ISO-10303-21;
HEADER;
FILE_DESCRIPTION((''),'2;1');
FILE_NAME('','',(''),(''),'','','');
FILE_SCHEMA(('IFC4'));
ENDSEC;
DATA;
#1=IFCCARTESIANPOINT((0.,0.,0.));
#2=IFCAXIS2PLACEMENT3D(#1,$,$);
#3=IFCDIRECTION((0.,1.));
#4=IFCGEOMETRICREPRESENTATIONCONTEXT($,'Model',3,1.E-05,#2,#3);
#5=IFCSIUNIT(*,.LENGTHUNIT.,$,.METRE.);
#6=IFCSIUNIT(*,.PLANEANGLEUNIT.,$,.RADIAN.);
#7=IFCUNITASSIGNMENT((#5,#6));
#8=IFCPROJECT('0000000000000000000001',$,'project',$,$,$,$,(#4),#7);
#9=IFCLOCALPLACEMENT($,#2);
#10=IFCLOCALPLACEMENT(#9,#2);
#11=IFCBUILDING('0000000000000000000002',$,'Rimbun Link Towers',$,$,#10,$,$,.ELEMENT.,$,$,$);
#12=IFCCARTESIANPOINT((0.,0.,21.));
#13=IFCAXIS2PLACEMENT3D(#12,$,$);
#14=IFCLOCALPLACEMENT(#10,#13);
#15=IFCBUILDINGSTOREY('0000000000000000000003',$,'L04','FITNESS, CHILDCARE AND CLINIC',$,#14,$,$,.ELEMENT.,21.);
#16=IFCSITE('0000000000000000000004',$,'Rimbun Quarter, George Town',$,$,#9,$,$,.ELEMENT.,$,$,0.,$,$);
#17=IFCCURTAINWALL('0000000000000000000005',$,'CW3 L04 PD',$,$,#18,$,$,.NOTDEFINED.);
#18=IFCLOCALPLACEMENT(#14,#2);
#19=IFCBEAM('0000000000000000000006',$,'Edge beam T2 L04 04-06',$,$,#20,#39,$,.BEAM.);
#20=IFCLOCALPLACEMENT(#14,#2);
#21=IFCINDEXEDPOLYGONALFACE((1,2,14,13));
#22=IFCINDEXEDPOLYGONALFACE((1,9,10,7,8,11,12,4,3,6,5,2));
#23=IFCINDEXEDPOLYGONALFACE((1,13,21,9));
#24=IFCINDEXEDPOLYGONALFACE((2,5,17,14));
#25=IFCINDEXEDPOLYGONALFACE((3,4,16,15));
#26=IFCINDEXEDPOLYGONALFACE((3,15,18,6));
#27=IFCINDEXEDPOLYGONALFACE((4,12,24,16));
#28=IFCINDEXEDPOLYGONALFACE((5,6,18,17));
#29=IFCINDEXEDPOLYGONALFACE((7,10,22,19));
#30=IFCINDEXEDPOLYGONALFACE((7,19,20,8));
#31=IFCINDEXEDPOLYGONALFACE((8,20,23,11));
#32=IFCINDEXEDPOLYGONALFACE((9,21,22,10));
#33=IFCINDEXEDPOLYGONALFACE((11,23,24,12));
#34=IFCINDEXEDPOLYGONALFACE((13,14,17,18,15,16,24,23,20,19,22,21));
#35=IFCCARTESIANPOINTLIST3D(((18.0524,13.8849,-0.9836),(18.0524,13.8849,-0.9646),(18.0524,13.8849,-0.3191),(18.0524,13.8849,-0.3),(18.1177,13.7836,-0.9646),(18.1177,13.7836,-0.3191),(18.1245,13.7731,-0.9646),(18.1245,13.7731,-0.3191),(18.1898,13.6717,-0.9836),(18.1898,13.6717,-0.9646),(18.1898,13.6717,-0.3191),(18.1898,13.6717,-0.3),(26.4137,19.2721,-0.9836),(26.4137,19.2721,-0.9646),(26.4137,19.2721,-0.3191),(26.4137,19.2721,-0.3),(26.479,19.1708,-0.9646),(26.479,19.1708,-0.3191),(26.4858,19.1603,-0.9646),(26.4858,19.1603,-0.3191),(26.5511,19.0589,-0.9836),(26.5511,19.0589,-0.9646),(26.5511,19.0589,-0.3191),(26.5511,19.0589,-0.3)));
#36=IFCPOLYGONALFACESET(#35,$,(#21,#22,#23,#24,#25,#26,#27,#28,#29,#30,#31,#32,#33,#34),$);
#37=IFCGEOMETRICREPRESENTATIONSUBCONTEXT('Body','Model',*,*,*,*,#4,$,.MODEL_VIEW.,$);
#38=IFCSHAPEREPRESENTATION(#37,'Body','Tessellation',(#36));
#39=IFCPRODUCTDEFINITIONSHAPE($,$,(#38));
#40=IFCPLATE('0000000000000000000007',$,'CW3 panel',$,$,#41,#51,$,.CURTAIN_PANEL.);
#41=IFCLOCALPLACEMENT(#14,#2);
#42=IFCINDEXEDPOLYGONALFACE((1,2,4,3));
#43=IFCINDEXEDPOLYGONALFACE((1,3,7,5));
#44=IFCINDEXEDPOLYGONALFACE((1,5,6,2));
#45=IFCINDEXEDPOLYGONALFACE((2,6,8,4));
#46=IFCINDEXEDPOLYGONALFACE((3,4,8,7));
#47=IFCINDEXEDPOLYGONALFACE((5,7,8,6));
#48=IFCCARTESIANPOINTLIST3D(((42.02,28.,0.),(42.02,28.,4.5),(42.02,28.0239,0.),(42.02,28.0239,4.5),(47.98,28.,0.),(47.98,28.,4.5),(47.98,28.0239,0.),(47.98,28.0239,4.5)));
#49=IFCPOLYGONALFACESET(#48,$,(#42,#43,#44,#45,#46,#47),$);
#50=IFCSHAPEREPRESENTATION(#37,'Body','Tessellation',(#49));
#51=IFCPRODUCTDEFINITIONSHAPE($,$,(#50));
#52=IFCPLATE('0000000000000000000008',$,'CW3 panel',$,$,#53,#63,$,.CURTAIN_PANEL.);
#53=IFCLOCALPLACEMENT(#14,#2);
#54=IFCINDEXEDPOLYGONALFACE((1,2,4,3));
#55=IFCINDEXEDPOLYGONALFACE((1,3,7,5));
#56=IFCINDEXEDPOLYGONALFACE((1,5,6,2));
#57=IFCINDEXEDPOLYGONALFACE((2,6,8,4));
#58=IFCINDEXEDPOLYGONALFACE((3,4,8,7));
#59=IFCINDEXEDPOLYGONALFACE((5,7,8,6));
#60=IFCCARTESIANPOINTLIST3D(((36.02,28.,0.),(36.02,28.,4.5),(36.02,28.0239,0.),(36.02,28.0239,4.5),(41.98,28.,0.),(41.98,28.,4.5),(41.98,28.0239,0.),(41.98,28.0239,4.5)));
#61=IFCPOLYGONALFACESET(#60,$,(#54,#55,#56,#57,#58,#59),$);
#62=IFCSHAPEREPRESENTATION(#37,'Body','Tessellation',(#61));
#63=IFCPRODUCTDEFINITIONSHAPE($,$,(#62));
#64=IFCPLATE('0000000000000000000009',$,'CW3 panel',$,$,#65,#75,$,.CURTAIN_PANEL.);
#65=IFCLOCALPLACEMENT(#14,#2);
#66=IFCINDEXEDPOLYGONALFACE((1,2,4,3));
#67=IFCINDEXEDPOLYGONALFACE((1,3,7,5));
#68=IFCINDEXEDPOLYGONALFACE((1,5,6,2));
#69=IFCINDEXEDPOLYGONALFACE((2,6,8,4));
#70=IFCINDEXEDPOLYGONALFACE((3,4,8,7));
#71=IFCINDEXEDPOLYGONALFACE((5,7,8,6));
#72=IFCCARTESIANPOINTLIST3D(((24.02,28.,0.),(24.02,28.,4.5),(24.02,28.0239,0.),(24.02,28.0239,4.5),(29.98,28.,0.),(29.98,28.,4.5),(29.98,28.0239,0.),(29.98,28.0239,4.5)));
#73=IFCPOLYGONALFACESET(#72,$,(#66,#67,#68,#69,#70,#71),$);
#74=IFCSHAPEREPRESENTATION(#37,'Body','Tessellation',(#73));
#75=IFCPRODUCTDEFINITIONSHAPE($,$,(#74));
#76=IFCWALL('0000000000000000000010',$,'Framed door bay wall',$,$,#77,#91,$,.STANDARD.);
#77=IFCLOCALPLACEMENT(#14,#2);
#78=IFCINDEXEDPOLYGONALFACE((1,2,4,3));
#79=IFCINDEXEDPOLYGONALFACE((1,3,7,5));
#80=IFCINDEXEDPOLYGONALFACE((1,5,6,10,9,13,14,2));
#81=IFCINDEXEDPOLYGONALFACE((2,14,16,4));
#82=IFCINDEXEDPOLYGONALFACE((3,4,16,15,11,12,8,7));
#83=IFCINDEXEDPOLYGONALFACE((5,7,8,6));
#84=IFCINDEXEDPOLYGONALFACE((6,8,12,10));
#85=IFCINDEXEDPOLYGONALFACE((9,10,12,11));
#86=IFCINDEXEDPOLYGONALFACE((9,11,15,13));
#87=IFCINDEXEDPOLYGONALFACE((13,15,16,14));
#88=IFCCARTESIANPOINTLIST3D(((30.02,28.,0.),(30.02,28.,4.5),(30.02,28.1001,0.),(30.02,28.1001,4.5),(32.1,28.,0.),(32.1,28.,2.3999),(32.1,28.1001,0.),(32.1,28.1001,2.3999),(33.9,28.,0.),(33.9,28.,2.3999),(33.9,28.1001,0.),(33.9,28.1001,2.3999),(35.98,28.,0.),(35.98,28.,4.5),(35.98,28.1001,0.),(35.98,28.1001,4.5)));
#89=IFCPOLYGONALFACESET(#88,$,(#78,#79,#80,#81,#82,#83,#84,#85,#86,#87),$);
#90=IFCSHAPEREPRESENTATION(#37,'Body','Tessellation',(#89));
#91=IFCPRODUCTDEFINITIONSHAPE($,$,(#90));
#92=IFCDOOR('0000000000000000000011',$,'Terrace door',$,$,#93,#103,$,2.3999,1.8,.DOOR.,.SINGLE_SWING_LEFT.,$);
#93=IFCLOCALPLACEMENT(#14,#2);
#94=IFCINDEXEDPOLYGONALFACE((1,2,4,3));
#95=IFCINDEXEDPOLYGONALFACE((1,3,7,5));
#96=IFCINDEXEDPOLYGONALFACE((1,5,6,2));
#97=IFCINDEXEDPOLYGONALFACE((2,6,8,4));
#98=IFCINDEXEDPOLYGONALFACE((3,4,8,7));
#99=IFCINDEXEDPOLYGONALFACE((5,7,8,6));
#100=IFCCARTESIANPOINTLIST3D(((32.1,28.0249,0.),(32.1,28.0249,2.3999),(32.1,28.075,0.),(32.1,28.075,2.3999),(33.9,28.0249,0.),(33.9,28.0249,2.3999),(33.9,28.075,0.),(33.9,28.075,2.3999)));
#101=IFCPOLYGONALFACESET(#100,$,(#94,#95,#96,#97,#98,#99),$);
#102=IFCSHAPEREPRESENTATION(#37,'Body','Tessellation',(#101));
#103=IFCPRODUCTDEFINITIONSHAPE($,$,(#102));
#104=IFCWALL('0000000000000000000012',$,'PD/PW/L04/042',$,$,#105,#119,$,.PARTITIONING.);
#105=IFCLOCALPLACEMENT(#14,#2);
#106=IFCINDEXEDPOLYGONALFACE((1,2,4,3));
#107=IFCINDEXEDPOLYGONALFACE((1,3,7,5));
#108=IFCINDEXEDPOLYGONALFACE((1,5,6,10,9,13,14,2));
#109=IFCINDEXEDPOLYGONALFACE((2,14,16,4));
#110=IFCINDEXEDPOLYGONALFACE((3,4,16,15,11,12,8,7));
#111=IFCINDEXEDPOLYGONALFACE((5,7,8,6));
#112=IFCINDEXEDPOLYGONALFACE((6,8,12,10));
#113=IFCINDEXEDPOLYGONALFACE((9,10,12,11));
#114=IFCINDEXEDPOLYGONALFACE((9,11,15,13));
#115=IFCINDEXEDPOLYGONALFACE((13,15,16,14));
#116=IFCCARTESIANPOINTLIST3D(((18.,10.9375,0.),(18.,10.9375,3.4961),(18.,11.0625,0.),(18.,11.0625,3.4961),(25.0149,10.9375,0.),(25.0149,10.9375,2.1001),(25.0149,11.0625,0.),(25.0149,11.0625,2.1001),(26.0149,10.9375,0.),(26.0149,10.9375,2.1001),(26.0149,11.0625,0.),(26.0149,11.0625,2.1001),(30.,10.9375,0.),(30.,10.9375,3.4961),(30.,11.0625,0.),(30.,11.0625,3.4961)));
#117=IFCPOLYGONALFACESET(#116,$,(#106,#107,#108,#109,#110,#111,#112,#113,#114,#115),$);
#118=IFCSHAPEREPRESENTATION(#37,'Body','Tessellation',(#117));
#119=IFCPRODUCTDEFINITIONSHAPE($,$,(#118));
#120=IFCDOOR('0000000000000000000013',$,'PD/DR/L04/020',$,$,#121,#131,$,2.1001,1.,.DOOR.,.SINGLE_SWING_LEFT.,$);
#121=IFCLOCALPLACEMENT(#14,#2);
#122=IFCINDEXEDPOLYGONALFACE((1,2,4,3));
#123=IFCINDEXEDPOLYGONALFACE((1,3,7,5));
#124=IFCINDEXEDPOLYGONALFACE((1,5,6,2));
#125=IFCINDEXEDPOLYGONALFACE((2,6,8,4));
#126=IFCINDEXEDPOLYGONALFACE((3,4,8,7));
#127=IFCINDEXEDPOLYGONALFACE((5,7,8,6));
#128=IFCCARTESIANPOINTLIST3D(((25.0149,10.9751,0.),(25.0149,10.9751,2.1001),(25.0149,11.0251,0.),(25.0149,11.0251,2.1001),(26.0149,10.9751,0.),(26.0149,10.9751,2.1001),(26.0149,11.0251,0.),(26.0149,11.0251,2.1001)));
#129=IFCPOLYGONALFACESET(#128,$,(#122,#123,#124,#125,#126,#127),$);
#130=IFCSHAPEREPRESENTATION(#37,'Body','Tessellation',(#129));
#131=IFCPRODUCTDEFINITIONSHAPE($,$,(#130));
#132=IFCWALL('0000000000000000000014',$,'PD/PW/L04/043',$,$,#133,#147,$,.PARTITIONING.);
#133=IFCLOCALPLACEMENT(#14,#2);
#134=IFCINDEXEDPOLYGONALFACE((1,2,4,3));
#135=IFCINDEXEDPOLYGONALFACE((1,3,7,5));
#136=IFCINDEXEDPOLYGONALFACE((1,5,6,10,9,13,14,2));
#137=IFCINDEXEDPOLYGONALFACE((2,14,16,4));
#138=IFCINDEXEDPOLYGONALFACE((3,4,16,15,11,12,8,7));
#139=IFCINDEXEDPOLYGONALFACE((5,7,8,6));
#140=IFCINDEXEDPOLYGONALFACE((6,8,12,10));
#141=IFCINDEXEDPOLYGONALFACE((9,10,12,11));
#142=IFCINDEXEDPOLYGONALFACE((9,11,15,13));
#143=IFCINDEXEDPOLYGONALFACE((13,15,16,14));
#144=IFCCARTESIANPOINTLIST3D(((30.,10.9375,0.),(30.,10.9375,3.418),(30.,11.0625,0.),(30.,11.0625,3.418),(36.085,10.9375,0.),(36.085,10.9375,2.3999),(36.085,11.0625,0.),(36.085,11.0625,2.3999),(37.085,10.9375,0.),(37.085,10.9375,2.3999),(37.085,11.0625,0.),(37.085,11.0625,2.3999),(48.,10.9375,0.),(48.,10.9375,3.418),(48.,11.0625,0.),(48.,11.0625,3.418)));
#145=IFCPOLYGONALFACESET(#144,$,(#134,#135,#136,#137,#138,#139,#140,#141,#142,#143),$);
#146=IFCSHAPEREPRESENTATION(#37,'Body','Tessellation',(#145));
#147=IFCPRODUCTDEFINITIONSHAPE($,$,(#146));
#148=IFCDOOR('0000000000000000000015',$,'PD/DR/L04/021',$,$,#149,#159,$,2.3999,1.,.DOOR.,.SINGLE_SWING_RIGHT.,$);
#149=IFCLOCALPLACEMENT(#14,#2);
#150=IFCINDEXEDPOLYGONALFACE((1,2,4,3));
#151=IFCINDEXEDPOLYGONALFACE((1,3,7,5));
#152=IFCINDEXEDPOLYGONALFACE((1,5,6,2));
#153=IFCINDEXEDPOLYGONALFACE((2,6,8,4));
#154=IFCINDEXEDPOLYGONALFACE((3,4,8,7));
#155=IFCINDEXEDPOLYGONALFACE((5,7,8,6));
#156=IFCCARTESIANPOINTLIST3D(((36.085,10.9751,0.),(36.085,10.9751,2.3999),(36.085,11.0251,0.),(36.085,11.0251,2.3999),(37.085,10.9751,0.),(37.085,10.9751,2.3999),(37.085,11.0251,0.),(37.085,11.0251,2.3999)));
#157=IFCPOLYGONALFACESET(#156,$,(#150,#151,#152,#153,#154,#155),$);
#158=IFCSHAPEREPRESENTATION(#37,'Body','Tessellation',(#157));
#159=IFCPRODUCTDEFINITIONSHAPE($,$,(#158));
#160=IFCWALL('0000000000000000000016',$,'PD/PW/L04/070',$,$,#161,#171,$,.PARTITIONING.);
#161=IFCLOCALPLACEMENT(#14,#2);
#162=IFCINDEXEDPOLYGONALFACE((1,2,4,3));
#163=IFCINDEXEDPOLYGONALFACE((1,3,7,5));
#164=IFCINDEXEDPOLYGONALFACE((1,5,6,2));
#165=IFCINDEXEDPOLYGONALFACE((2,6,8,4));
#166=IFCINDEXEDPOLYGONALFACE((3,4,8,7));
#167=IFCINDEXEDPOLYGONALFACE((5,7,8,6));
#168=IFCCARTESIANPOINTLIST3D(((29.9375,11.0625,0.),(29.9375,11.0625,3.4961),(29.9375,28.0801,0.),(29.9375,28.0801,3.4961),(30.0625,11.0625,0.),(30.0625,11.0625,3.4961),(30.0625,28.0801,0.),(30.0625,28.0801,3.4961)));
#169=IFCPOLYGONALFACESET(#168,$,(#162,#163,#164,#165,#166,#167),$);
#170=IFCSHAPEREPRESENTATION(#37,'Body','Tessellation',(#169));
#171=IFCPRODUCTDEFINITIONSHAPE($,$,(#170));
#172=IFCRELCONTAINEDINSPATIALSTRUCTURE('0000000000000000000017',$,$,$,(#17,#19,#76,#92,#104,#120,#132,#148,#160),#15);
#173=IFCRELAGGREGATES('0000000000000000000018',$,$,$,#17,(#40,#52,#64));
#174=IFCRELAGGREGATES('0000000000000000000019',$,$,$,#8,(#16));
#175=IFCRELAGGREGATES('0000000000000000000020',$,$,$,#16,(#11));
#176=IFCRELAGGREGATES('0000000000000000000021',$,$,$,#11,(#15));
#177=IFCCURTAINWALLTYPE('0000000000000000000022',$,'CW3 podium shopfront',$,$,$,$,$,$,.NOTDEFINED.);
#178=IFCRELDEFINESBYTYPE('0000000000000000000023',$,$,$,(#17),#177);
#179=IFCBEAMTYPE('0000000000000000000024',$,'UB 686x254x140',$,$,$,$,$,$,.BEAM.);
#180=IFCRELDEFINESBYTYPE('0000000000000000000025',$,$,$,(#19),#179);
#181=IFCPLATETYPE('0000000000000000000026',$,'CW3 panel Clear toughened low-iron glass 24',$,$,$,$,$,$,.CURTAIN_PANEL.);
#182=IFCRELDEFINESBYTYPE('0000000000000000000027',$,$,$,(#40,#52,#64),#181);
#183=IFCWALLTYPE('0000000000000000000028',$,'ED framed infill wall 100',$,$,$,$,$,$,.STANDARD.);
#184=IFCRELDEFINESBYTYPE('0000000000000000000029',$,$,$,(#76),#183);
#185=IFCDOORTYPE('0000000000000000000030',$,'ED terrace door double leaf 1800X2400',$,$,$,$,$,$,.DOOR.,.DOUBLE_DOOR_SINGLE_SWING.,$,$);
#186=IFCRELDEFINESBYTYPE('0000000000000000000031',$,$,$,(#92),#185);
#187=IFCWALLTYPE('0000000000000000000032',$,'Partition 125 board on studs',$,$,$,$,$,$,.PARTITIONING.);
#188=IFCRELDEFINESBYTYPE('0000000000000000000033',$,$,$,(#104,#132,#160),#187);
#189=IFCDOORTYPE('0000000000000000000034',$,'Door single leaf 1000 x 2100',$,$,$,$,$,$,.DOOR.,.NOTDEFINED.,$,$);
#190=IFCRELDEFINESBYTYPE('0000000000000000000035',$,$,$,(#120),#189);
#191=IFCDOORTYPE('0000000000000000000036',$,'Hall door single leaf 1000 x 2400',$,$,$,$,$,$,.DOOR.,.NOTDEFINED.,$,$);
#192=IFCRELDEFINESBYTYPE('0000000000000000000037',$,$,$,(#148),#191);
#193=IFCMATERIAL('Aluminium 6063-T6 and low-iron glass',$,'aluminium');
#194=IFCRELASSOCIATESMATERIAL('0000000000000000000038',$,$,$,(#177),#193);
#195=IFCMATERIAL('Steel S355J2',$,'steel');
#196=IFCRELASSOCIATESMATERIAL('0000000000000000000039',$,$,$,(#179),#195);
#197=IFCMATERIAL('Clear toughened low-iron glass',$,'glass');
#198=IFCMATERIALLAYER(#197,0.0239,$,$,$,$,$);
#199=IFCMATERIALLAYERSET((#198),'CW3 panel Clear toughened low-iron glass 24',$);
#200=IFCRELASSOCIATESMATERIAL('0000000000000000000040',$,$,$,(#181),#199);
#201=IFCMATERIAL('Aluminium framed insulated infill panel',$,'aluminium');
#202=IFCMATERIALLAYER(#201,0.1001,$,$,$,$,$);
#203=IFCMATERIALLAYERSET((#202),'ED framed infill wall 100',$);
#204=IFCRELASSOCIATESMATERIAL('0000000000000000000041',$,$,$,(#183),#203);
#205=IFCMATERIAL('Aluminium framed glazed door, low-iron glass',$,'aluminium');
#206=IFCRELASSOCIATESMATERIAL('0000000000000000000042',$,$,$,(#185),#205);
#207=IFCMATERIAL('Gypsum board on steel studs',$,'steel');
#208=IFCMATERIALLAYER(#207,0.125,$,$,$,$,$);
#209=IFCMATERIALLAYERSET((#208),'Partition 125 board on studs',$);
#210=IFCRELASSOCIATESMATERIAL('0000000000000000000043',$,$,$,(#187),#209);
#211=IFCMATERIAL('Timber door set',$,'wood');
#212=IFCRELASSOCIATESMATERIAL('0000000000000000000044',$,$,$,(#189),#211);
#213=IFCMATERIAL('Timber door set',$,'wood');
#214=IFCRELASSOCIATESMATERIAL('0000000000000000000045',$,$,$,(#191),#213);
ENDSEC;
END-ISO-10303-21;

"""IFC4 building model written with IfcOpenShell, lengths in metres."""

from ifc_helpers import new_model, si_unit, direction, frame, frame_2d, origin, origin_2d, place, context, subcontext, project, spatial, rectangle, i_section, extrude, material, layer, layer_set, material_profile, profile_set, type_object, element, fill, aggregate, save


model = new_model("IFC4")

# Units and contexts
model_context = context("Model", 3, precision=1e-05, world=origin(), true_north=direction((0.0, 1.0)))
body_context = subcontext(model_context, "Body", "Model", "MODEL_VIEW")
ifc_project = project(units=[si_unit("LENGTHUNIT", "METRE"), si_unit("PLANEANGLEUNIT", "RADIAN")], contexts=[model_context])

# Site, building, storey
site_placement = place(None, origin())
site = spatial("IfcSite", under=ifc_project, at=site_placement, Name="Rimbun Quarter, George Town", CompositionType="ELEMENT", RefElevation=0.0)
building_placement = place(site_placement, origin())
building = spatial("IfcBuilding", under=site, at=building_placement, Name="Rimbun Link Towers", CompositionType="ELEMENT")
storey_placement = place(building_placement, frame((0.0, 0.0, 21.0)))
storey = spatial("IfcBuildingStorey", under=building, at=storey_placement, Name="L04", Description="FITNESS, CHILDCARE AND CLINIC", CompositionType="ELEMENT", Elevation=21.0)

# Curtain wall
ifc_material_1 = material(Name="Aluminium 6063-T6 and low-iron glass", Category="aluminium")
curtain_wall_type = type_object("IfcCurtainWallType", Name="CW3 podium shopfront", PredefinedType="NOTDEFINED", material=ifc_material_1)
curtain_wall_placement = place(storey_placement, origin())
curtain_wall = element("IfcCurtainWall", 1, at=curtain_wall_placement, inside=storey, type_object=curtain_wall_type, Name="CW3 L04 PD", PredefinedType="NOTDEFINED")

# Beam
ifc_material_2 = material(Name="Steel S355J2", Category="steel")
ifc_material_profile_1 = material_profile(ifc_material_2, i_section(OverallWidth=0.2537, OverallDepth=0.6836, WebThickness=0.0125, FlangeThickness=0.019, at=origin_2d()), Name="UB 686x254x140")
ifc_profile_set_1 = profile_set([ifc_material_profile_1], Name="Steel S355J2")
beam_type_1 = type_object("IfcBeamType", Name="UB 686x254x140", PredefinedType="BEAM", material=ifc_profile_set_1)
beam_1_placement = place(storey_placement, frame((26.4824, 19.1655, -0.6418), z_axis=(-0.840626, -0.541616, 0.0), x_axis=(0.541616, -0.840626, 0.0)))
element("IfcBeam", 2, at=beam_1_placement, inside=storey, type_object=beam_type_1, Name="Edge beam T2 L04 04-06", PredefinedType="BEAM", context=body_context, shape_type="SweptSolid", body=[
    extrude(i_section(OverallWidth=0.2537, OverallDepth=0.6836, WebThickness=0.0125, FlangeThickness=0.019, at=origin_2d()), origin(), (0.0, 0.0, 1.0), 9.9465),
])

# Plates
ifc_material_3 = material(Name="Clear toughened low-iron glass", Category="glass")
ifc_layer_1 = layer(ifc_material_3, 0.0239)
ifc_layer_set_1 = layer_set([ifc_layer_1], Name="CW3 panel Clear toughened low-iron glass 24")
plate_type = type_object("IfcPlateType", Name="CW3 panel Clear toughened low-iron glass 24", PredefinedType="CURTAIN_PANEL", material=ifc_layer_set_1)
plate_1_placement = place(storey_placement, frame((45.0, 28.012, 0.0), z_axis=(0.0, 0.0, 1.0), x_axis=(1.0, 0.0, 0.0)))
plate_1 = element("IfcPlate", 3, at=plate_1_placement, type_object=plate_type, Name="CW3 panel", PredefinedType="CURTAIN_PANEL", context=body_context, shape_type="SweptSolid", body=[
    extrude(rectangle(XDim=5.96, YDim=0.0239, at=origin_2d()), origin(), (0.0, 0.0, 1.0), 4.5),
])
plate_2_placement = place(storey_placement, frame((39.0, 28.012, 0.0), z_axis=(0.0, 0.0, 1.0), x_axis=(1.0, 0.0, 0.0)))
plate_2 = element("IfcPlate", 4, at=plate_2_placement, type_object=plate_type, Name="CW3 panel", PredefinedType="CURTAIN_PANEL", context=body_context, shape_type="SweptSolid", body=[
    extrude(rectangle(XDim=5.96, YDim=0.0239, at=origin_2d()), origin(), (0.0, 0.0, 1.0), 4.5),
])
plate_3_placement = place(storey_placement, frame((27.0, 28.012, 0.0), z_axis=(0.0, 0.0, 1.0), x_axis=(1.0, 0.0, 0.0)))
plate_3 = element("IfcPlate", 5, at=plate_3_placement, type_object=plate_type, Name="CW3 panel", PredefinedType="CURTAIN_PANEL", context=body_context, shape_type="SweptSolid", body=[
    extrude(rectangle(XDim=5.96, YDim=0.0239, at=origin_2d()), origin(), (0.0, 0.0, 1.0), 4.5),
])
aggregate(curtain_wall, [plate_1, plate_2, plate_3])

# Walls, openings, doors
ifc_material_4 = material(Name="Aluminium framed insulated infill panel", Category="aluminium")
ifc_layer_2 = layer(ifc_material_4, 0.1001)
ifc_layer_set_2 = layer_set([ifc_layer_2], Name="ED framed infill wall 100")
wall_type_1 = type_object("IfcWallType", Name="ED framed infill wall 100", PredefinedType="STANDARD", material=ifc_layer_set_2)
wall_1_placement = place(storey_placement, frame((30.02, 28.05, 0.0), z_axis=(0.0, 0.0, 1.0), x_axis=(1.0, 0.0, 0.0)))
wall_1 = element("IfcWall", 6, at=wall_1_placement, inside=storey, type_object=wall_type_1, Name="Framed door bay wall", PredefinedType="STANDARD", context=body_context, shape_type="SweptSolid", body=[
    extrude(rectangle(XDim=5.96, YDim=0.1001, at=frame_2d((2.98, 0.0))), origin(), (0.0, 0.0, 1.0), 4.5),
])
opening_1_placement = place(wall_1_placement, frame((2.0801, 0.0, 0.0)))
opening_1 = element("IfcOpeningElement", 7, at=opening_1_placement, cuts=wall_1, PredefinedType="OPENING", context=body_context, shape_type="SweptSolid", body=[
    extrude(rectangle(XDim=1.8, YDim=2.3999, at=frame_2d((0.8999, 1.2))), frame((0.0, 0.0601, 0.0), z_axis=(0.0, -1.0, 0.0), x_axis=(1.0, 0.0, 0.0)), (0.0, 0.0, 1.0), 0.1201),
])
ifc_material_5 = material(Name="Aluminium framed glazed door, low-iron glass", Category="aluminium")
door_type_1 = type_object("IfcDoorType", Name="ED terrace door double leaf 1800X2400", OperationType="DOUBLE_DOOR_SINGLE_SWING", PredefinedType="DOOR", material=ifc_material_5)
door_1_placement = place(opening_1_placement, origin())
door_1 = element("IfcDoor", 8, at=door_1_placement, inside=storey, type_object=door_type_1, Name="Terrace door", OperationType="SINGLE_SWING_LEFT", OverallHeight=2.3999, OverallWidth=1.8, PredefinedType="DOOR", context=body_context, shape_type="SweptSolid", body=[
    extrude(rectangle(XDim=1.8, YDim=2.3999, at=frame_2d((0.8999, 1.2))), frame((0.0, 0.0249, 0.0), z_axis=(0.0, -1.0, 0.0), x_axis=(1.0, 0.0, 0.0)), (0.0, 0.0, 1.0), 0.05),
])
fill(opening_1, door_1)
ifc_material_6 = material(Name="Gypsum board on steel studs", Category="steel")
ifc_layer_3 = layer(ifc_material_6, 0.125)
ifc_layer_set_3 = layer_set([ifc_layer_3], Name="Partition 125 board on studs")
wall_type_2 = type_object("IfcWallType", Name="Partition 125 board on studs", PredefinedType="PARTITIONING", material=ifc_layer_set_3)
wall_2_placement = place(storey_placement, frame((30.0, 11.0, 0.0), z_axis=(0.0, 0.0, 1.0), x_axis=(-1.0, 0.0, 0.0)))
wall_2 = element("IfcWall", 9, at=wall_2_placement, inside=storey, type_object=wall_type_2, Name="PD/PW/L04/042", PredefinedType="PARTITIONING", context=body_context, shape_type="SweptSolid", body=[
    extrude(rectangle(XDim=12.0, YDim=0.125, at=frame_2d((6.0, 0.0))), origin(), (0.0, 0.0, 1.0), 3.4961),
])
opening_2_placement = place(wall_2_placement, frame((3.9851, 0.0, 0.0)))
opening_2 = element("IfcOpeningElement", 10, at=opening_2_placement, cuts=wall_2, PredefinedType="OPENING", context=body_context, shape_type="SweptSolid", body=[
    extrude(rectangle(XDim=1.0, YDim=2.1001, at=frame_2d((0.5, 1.05))), frame((0.0, 0.0725, 0.0), z_axis=(0.0, -1.0, 0.0), x_axis=(1.0, 0.0, 0.0)), (0.0, 0.0, 1.0), 0.145),
])
ifc_material_7 = material(Name="Timber door set", Category="wood")
door_type_2 = type_object("IfcDoorType", Name="Door single leaf 1000 x 2100", OperationType="NOTDEFINED", PredefinedType="DOOR", material=ifc_material_7)
door_2_placement = place(opening_2_placement, origin())
door_2 = element("IfcDoor", 11, at=door_2_placement, inside=storey, type_object=door_type_2, Name="PD/DR/L04/020", OperationType="SINGLE_SWING_LEFT", OverallHeight=2.1001, OverallWidth=1.0, PredefinedType="DOOR", context=body_context, shape_type="SweptSolid", body=[
    extrude(rectangle(XDim=1.0, YDim=2.1001, at=frame_2d((0.5, 1.05))), frame((0.0, 0.0249, 0.0), z_axis=(0.0, -1.0, 0.0), x_axis=(1.0, 0.0, 0.0)), (0.0, 0.0, 1.0), 0.05),
])
fill(opening_2, door_2)
wall_3_placement = place(storey_placement, frame((48.0, 11.0, 0.0), z_axis=(0.0, 0.0, 1.0), x_axis=(-1.0, 0.0, 0.0)))
wall_3 = element("IfcWall", 12, at=wall_3_placement, inside=storey, type_object=wall_type_2, Name="PD/PW/L04/043", PredefinedType="PARTITIONING", context=body_context, shape_type="SweptSolid", body=[
    extrude(rectangle(XDim=18.0, YDim=0.125, at=frame_2d((9.0, 0.0))), origin(), (0.0, 0.0, 1.0), 3.418),
])
opening_3_placement = place(wall_3_placement, frame((10.915, 0.0, 0.0)))
opening_3 = element("IfcOpeningElement", 13, at=opening_3_placement, cuts=wall_3, PredefinedType="OPENING", context=body_context, shape_type="SweptSolid", body=[
    extrude(rectangle(XDim=1.0, YDim=2.3999, at=frame_2d((0.5, 1.2))), frame((0.0, 0.0725, 0.0), z_axis=(0.0, -1.0, 0.0), x_axis=(1.0, 0.0, 0.0)), (0.0, 0.0, 1.0), 0.145),
])
ifc_material_8 = material(Name="Timber door set", Category="wood")
door_type_3 = type_object("IfcDoorType", Name="Hall door single leaf 1000 x 2400", OperationType="NOTDEFINED", PredefinedType="DOOR", material=ifc_material_8)
door_3_placement = place(opening_3_placement, origin())
door_3 = element("IfcDoor", 14, at=door_3_placement, inside=storey, type_object=door_type_3, Name="PD/DR/L04/021", OperationType="SINGLE_SWING_RIGHT", OverallHeight=2.3999, OverallWidth=1.0, PredefinedType="DOOR", context=body_context, shape_type="SweptSolid", body=[
    extrude(rectangle(XDim=1.0, YDim=2.3999, at=frame_2d((0.5, 1.2))), frame((0.0, 0.0249, 0.0), z_axis=(0.0, -1.0, 0.0), x_axis=(1.0, 0.0, 0.0)), (0.0, 0.0, 1.0), 0.05),
])
fill(opening_3, door_3)

# Wall
for number, where, z_axis, x_axis, name in (
    (15, (30.0, 11.0625, 0.0), (0.0, 0.0, 1.0), (0.0, 1.0, 0.0), "PD/PW/L04/070"),
):
    element("IfcWall", number, at=place(storey_placement, frame(where, z_axis=z_axis, x_axis=x_axis)), inside=storey, type_object=wall_type_2, Name=name, PredefinedType="PARTITIONING", context=body_context, shape_type="SweptSolid", body=[
        extrude(rectangle(XDim=17.0176, YDim=0.125, at=frame_2d((8.5088, 0.0))), origin(), (0.0, 0.0, 1.0), 3.4961),
    ])

save(model, "model.ifc")
